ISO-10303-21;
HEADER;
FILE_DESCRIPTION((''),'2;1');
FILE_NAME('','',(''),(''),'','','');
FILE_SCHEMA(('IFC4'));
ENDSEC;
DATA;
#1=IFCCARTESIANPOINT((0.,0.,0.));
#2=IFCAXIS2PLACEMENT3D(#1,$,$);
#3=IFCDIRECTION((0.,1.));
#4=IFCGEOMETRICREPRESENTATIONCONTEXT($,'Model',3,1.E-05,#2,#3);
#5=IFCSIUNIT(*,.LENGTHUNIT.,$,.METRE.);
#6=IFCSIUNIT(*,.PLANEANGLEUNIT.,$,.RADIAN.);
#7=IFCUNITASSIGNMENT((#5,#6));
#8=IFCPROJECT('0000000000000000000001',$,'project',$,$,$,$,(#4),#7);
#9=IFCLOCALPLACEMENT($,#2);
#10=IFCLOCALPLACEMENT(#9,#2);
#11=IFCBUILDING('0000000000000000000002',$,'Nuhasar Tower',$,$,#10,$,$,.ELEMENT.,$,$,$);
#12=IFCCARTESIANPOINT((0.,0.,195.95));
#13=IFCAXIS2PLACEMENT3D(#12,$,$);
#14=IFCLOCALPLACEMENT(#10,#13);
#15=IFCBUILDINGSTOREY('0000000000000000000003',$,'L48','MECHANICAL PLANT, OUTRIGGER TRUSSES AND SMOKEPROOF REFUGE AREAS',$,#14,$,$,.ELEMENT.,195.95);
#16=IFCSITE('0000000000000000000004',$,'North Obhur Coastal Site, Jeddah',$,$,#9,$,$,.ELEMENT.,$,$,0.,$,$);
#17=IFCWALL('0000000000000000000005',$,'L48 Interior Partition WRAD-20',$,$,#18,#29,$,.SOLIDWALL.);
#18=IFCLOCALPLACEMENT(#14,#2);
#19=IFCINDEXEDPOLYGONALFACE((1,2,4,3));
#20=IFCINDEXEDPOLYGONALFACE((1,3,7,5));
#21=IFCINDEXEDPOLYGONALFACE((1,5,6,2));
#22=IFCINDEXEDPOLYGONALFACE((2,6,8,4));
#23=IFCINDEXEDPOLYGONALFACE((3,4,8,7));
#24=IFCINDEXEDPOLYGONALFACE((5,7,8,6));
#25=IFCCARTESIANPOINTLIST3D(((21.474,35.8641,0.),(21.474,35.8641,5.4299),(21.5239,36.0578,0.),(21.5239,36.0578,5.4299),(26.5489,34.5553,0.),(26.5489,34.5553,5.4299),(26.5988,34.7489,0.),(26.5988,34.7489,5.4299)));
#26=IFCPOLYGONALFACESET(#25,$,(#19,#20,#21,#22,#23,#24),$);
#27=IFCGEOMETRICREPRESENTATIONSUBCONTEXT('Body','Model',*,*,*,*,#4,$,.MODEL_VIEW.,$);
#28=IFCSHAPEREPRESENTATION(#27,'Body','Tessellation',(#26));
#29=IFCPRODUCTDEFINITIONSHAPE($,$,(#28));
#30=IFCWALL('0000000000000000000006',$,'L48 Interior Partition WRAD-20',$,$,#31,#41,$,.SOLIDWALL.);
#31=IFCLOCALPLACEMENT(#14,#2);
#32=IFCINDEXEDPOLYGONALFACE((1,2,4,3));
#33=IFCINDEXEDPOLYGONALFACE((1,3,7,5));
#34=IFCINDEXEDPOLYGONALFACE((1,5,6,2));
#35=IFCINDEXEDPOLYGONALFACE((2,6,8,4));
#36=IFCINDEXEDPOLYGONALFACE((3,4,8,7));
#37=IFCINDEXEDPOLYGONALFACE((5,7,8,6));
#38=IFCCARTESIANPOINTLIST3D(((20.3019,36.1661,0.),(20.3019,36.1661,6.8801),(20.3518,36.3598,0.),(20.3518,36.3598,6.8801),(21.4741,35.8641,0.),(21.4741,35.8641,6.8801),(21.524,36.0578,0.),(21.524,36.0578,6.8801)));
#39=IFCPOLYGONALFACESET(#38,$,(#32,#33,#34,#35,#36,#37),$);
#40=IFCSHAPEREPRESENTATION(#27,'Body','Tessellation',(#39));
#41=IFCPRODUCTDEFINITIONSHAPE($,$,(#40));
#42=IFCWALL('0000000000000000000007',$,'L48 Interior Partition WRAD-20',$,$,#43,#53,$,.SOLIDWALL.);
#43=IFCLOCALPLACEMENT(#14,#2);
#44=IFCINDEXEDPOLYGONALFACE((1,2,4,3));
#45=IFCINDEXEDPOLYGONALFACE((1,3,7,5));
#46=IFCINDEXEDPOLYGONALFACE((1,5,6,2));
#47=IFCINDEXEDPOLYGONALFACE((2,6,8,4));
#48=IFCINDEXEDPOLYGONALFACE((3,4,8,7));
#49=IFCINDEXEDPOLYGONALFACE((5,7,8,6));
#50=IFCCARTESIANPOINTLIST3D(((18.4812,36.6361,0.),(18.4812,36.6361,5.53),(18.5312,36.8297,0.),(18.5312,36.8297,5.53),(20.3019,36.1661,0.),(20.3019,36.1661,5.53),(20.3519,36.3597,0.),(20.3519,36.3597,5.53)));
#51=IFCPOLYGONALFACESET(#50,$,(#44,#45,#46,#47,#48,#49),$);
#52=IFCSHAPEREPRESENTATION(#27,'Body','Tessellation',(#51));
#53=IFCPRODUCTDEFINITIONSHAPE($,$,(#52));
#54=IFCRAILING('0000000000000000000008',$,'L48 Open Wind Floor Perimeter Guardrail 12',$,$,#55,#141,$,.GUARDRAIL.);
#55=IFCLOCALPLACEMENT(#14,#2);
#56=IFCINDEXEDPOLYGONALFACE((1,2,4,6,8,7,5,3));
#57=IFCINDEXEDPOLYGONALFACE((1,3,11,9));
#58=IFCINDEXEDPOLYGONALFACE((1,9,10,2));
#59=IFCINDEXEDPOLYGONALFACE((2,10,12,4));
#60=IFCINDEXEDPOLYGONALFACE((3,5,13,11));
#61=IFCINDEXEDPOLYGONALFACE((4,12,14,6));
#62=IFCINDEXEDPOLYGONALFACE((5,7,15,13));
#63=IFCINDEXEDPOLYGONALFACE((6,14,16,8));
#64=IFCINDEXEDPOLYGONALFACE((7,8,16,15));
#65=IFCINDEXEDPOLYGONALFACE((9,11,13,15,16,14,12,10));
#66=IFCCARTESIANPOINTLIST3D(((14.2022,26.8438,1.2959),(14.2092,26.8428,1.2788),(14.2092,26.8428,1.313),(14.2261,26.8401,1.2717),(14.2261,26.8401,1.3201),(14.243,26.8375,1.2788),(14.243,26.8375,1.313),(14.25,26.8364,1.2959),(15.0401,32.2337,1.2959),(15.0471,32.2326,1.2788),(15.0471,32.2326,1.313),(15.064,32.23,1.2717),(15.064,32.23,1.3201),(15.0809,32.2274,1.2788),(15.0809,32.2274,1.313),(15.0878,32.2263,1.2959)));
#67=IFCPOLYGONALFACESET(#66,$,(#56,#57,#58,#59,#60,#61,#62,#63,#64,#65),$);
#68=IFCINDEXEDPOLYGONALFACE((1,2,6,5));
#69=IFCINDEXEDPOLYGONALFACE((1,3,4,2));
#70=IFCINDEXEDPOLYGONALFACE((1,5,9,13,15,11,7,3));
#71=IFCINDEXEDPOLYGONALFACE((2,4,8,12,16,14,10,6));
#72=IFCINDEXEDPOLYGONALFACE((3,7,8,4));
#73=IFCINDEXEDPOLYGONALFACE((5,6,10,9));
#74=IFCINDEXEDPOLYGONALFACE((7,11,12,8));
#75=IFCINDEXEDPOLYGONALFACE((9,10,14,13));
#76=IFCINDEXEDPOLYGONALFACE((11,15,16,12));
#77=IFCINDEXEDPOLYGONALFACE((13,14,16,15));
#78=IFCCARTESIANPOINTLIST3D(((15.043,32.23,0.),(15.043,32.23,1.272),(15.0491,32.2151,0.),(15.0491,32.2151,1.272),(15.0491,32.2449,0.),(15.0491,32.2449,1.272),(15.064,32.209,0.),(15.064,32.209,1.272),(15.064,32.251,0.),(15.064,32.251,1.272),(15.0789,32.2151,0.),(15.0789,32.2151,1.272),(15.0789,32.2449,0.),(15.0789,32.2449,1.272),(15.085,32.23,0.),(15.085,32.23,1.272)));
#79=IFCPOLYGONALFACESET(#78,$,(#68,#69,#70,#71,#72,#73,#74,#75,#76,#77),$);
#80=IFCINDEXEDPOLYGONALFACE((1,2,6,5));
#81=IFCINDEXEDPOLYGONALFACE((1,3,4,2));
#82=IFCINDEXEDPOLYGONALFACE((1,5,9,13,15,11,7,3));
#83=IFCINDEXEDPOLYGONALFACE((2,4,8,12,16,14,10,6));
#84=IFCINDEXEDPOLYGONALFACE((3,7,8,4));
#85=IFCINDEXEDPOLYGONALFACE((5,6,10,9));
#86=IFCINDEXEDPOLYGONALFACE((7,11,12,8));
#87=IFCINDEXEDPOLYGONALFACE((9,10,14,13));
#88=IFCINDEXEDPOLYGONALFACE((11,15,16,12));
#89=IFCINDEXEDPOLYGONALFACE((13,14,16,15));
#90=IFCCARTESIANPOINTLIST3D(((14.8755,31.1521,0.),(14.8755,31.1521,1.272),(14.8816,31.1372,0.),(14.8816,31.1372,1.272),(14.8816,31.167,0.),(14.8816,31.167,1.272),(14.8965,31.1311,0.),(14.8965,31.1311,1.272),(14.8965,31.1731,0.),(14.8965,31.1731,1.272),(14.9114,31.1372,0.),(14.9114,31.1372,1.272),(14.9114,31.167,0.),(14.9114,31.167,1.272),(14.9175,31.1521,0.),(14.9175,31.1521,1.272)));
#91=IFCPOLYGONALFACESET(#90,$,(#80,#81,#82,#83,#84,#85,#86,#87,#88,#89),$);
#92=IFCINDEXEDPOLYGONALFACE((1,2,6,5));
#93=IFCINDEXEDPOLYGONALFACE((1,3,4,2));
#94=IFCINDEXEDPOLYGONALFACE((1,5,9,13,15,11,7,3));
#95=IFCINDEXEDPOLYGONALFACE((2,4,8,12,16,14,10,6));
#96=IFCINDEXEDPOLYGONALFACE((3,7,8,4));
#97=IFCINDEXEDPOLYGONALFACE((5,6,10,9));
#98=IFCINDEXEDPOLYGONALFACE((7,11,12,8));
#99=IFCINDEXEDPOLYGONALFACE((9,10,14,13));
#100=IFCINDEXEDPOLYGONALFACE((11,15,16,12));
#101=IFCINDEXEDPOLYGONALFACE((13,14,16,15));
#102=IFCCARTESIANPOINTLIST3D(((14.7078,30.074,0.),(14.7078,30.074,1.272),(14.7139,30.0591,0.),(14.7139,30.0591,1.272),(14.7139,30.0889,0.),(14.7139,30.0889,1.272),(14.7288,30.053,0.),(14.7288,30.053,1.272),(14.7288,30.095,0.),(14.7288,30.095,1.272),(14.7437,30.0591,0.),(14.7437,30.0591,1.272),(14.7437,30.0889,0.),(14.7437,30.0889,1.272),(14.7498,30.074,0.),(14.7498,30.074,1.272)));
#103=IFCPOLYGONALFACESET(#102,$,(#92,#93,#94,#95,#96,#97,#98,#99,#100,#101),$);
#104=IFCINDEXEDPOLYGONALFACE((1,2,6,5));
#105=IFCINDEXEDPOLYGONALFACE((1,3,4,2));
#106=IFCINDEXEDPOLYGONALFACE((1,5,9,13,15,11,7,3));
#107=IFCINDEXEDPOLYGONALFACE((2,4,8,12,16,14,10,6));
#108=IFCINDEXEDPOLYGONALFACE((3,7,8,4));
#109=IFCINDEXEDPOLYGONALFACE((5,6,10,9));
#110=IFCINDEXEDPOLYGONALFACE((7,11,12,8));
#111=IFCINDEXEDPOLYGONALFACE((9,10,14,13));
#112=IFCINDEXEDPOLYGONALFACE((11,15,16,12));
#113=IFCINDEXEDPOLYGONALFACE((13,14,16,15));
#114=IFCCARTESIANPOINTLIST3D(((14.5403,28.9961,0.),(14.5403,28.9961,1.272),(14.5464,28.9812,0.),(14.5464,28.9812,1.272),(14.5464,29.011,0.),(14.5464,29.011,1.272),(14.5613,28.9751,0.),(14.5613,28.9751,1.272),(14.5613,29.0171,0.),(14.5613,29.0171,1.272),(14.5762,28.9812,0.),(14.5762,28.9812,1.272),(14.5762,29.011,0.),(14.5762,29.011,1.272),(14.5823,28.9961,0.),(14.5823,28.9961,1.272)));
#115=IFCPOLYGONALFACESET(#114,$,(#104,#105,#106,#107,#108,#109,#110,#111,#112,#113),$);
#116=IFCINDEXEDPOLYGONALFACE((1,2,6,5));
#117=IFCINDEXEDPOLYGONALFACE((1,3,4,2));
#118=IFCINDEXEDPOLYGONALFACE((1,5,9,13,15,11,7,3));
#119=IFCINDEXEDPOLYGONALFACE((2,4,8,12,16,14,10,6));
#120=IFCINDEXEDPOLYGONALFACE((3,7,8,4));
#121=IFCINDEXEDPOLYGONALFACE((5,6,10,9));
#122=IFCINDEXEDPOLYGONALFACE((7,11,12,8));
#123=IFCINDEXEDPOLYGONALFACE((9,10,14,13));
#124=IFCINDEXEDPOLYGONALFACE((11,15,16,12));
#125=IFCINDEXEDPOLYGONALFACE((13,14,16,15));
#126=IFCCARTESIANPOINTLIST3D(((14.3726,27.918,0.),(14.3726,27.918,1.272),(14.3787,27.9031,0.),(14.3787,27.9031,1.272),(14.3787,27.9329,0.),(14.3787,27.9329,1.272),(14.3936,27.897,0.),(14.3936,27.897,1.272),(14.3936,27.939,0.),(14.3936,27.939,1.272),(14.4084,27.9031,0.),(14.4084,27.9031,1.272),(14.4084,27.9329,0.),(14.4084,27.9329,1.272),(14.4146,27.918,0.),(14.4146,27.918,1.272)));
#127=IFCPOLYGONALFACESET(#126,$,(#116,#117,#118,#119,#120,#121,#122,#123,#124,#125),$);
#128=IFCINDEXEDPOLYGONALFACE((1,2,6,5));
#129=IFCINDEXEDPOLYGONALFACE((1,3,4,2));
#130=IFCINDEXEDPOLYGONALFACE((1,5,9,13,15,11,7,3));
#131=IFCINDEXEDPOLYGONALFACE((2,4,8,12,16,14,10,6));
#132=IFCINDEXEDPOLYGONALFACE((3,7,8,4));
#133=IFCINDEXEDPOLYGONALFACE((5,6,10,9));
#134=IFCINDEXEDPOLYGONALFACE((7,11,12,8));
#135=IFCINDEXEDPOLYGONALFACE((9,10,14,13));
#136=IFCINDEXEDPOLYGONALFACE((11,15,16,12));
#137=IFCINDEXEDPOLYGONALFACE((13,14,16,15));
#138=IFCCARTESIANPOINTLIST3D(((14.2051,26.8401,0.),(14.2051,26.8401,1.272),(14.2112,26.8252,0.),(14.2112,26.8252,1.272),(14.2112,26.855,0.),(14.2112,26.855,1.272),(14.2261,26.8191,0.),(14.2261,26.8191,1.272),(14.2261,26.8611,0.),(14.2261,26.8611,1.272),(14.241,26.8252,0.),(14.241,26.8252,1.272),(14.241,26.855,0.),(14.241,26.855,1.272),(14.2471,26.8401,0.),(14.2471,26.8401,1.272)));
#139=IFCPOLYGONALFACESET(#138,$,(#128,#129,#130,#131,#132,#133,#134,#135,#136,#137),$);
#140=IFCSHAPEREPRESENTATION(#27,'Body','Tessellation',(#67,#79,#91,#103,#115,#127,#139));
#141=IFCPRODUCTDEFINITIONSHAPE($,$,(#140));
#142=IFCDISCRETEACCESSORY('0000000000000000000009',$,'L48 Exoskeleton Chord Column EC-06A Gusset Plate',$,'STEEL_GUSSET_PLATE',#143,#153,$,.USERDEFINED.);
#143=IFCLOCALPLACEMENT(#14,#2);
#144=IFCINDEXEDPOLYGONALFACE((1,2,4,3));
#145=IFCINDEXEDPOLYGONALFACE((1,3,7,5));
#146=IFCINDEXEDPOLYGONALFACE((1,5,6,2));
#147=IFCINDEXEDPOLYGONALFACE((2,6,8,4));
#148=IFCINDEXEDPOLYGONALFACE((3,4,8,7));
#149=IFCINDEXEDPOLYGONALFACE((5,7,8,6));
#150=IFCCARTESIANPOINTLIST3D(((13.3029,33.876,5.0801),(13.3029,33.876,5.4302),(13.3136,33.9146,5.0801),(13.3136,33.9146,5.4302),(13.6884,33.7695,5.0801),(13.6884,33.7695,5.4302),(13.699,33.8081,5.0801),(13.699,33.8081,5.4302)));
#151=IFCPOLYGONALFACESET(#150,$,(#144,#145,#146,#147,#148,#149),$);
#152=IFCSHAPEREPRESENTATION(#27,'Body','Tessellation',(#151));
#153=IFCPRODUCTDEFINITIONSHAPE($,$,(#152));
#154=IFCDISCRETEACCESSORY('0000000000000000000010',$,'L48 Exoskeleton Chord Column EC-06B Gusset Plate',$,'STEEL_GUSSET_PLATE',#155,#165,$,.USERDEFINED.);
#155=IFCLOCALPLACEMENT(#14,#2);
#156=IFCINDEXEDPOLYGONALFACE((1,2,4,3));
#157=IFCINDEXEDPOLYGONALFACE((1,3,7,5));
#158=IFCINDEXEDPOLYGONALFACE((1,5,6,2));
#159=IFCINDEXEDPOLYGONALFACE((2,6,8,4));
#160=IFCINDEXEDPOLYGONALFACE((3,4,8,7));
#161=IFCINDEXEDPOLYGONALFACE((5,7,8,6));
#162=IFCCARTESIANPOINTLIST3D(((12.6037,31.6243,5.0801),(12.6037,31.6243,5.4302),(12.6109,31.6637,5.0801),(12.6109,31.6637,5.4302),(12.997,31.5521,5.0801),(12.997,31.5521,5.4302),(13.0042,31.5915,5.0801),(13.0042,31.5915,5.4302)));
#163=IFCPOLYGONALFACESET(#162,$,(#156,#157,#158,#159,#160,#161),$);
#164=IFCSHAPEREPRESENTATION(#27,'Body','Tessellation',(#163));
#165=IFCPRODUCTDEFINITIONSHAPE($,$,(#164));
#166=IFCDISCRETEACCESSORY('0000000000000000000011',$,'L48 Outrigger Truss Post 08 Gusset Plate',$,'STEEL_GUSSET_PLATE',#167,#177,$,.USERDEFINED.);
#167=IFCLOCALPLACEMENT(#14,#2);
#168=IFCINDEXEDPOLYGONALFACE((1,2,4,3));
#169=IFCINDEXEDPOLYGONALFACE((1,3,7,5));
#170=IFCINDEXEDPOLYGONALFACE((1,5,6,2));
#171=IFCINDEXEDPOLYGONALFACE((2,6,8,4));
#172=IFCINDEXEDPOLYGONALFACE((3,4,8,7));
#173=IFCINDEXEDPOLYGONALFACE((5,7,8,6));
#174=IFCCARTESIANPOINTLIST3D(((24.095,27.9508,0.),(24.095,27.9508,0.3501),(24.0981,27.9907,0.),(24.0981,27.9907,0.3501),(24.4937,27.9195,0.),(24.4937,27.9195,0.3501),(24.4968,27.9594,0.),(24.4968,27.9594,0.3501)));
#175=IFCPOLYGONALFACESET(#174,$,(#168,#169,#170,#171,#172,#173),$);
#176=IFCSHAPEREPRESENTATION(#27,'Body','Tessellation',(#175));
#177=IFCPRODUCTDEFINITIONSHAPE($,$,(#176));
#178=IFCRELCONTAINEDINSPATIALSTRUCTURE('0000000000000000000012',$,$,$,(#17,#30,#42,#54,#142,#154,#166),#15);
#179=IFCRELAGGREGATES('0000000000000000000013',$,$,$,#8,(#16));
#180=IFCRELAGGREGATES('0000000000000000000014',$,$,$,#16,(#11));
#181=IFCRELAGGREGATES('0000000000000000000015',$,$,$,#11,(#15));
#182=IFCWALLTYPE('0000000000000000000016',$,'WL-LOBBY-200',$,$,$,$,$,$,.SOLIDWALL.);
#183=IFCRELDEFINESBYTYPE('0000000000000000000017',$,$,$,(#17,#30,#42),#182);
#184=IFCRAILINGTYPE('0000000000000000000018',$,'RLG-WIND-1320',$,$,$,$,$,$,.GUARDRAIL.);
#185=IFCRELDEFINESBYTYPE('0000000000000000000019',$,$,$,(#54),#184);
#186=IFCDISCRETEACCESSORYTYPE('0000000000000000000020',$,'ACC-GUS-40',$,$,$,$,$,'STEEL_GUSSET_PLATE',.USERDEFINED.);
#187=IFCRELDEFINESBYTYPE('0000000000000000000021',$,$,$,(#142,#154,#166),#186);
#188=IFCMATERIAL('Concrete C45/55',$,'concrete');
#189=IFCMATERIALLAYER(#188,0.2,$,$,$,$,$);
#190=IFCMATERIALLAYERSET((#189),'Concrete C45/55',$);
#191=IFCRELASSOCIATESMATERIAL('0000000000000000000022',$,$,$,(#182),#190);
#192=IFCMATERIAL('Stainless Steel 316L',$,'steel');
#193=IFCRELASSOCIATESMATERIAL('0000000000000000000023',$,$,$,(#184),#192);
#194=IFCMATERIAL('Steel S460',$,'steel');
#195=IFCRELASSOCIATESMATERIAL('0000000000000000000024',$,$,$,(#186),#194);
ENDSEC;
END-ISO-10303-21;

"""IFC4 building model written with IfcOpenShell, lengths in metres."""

from ifc_helpers import new_model, si_unit, direction, frame, frame_2d, origin, origin_2d, place, context, subcontext, project, spatial, polyline, rectangle, outline, extrude, material, layer, layer_set, type_object, element, save


model = new_model("IFC4")

# Units and contexts
model_context = context("Model", 3, precision=1e-05, world=origin(), true_north=direction((0.0, 1.0)))
body_context = subcontext(model_context, "Body", "Model", "MODEL_VIEW")
ifc_project = project(units=[si_unit("LENGTHUNIT", "METRE"), si_unit("PLANEANGLEUNIT", "RADIAN")], contexts=[model_context])

# Site, building, storey
site_placement = place(None, origin())
site = spatial("IfcSite", under=ifc_project, at=site_placement, Name="North Obhur Coastal Site, Jeddah", CompositionType="ELEMENT", RefElevation=0.0)
building_placement = place(site_placement, origin())
building = spatial("IfcBuilding", under=site, at=building_placement, Name="Nuhasar Tower", CompositionType="ELEMENT")
storey_placement = place(building_placement, frame((0.0, 0.0, 195.95)))
storey = spatial("IfcBuildingStorey", under=building, at=storey_placement, Name="L48", Description="MECHANICAL PLANT, OUTRIGGER TRUSSES AND SMOKEPROOF REFUGE AREAS", CompositionType="ELEMENT", Elevation=195.95)

# Shared definitions
ifc_material_1 = material(Name="Steel S460", Category="steel")

# Walls
ifc_material_2 = material(Name="Concrete C45/55", Category="concrete")
ifc_layer_1 = layer(ifc_material_2, 0.2)
ifc_layer_set_1 = layer_set([ifc_layer_1], Name="Concrete C45/55")
wall_type_1 = type_object("IfcWallType", Name="WL-LOBBY-200", PredefinedType="SOLIDWALL", material=ifc_layer_set_1)
wall_1_placement = place(storey_placement, frame((26.574, 34.6521, 0.0), z_axis=(0.0, 0.0, 1.0), x_axis=(-0.968315, 0.24973, 0.0)))
element("IfcWall", 1, at=wall_1_placement, inside=storey, type_object=wall_type_1, Name="L48 Interior Partition WRAD-20", PredefinedType="SOLIDWALL", context=body_context, shape_type="SweptSolid", body=[
    extrude(rectangle(XDim=5.241, YDim=0.2, at=frame_2d((2.6206, 0.0))), origin(), (0.0, 0.0, 1.0), 5.4299),
])
wall_2_placement = place(storey_placement, frame((21.499, 35.9609, 0.0), z_axis=(0.0, 0.0, 1.0), x_axis=(-0.968373, 0.249506, 0.0)))
element("IfcWall", 2, at=wall_2_placement, inside=storey, type_object=wall_type_1, Name="L48 Interior Partition WRAD-20", PredefinedType="SOLIDWALL", context=body_context, shape_type="SweptSolid", body=[
    extrude(rectangle(XDim=1.2104, YDim=0.2, at=frame_2d((0.6052, 0.0))), origin(), (0.0, 0.0, 1.0), 6.8801),
])
wall_3_placement = place(storey_placement, frame((20.3269, 36.2629, 0.0), z_axis=(0.0, 0.0, 1.0), x_axis=(-0.968266, 0.249921, 0.0)))
element("IfcWall", 3, at=wall_3_placement, inside=storey, type_object=wall_type_1, Name="L48 Interior Partition WRAD-20", PredefinedType="SOLIDWALL", context=body_context, shape_type="SweptSolid", body=[
    extrude(rectangle(XDim=1.8804, YDim=0.2, at=frame_2d((0.9402, 0.0))), origin(), (0.0, 0.0, 1.0), 5.53),
])

# Railing
ifc_material_3 = material(Name="Stainless Steel 316L", Category="steel")
railing_type = type_object("IfcRailingType", Name="RLG-WIND-1320", PredefinedType="GUARDRAIL", material=ifc_material_3)
railing_placement = place(storey_placement, frame((15.064, 32.23, 0.0)))
element("IfcRailing", 4, at=railing_placement, inside=storey, type_object=railing_type, Name="L48 Open Wind Floor Perimeter Guardrail 12", PredefinedType="GUARDRAIL", context=body_context, shape_type="SweptSolid", body=[
    extrude(outline(polyline([(0.0242, 0.0), (0.0171, 0.0171), (0.0, 0.0242), (-0.0171, 0.0171), (-0.0242, 0.0), (-0.0171, -0.0171), (0.0, -0.0242), (0.0171, -0.0171), (0.0242, 0.0)])), frame((0.0, 0.0, 1.2959), z_axis=(-0.153611, -0.988131, 0.0), x_axis=(0.988131, -0.153611, 0.0)), (0.0, 0.0, 1.0), 5.4546),
    extrude(outline(polyline([(0.021, 0.0), (0.0149, 0.0149), (0.0, 0.021), (-0.0149, 0.0149), (-0.021, 0.0), (-0.0149, -0.0149), (0.0, -0.021), (0.0149, -0.0149), (0.021, 0.0)])), origin(), (0.0, 0.0, 1.0), 1.272),
    extrude(outline(polyline([(0.021, 0.0), (0.0149, 0.0149), (0.0, 0.021), (-0.0149, 0.0149), (-0.021, 0.0), (-0.0149, -0.0149), (0.0, -0.021), (0.0149, -0.0149), (0.021, 0.0)])), frame((-0.1675, -1.0779, 0.0)), (0.0, 0.0, 1.0), 1.272),
    extrude(outline(polyline([(0.021, 0.0), (0.0149, 0.0149), (0.0, 0.021), (-0.0149, 0.0149), (-0.021, 0.0), (-0.0149, -0.0149), (0.0, -0.021), (0.0149, -0.0149), (0.021, 0.0)])), frame((-0.3352, -2.156, 0.0)), (0.0, 0.0, 1.0), 1.272),
    extrude(outline(polyline([(0.021, 0.0), (0.0149, 0.0149), (0.0, 0.021), (-0.0149, 0.0149), (-0.021, 0.0), (-0.0149, -0.0149), (0.0, -0.021), (0.0149, -0.0149), (0.021, 0.0)])), frame((-0.5027, -3.2339, 0.0)), (0.0, 0.0, 1.0), 1.272),
    extrude(outline(polyline([(0.021, 0.0), (0.0149, 0.0149), (0.0, 0.021), (-0.0149, 0.0149), (-0.021, 0.0), (-0.0149, -0.0149), (0.0, -0.021), (0.0149, -0.0149), (0.021, 0.0)])), frame((-0.6704, -4.312, 0.0)), (0.0, 0.0, 1.0), 1.272),
    extrude(outline(polyline([(0.021, 0.0), (0.0149, 0.0149), (0.0, 0.021), (-0.0149, 0.0149), (-0.021, 0.0), (-0.0149, -0.0149), (0.0, -0.021), (0.0149, -0.0149), (0.021, 0.0)])), frame((-0.8379, -5.3899, 0.0)), (0.0, 0.0, 1.0), 1.272),
])

# Discrete accessories
discrete_accessory_type = type_object("IfcDiscreteAccessoryType", Name="ACC-GUS-40", ElementType="STEEL_GUSSET_PLATE", PredefinedType="USERDEFINED", material=ifc_material_1)
for number, where, z_axis, x_axis, name in (
    (5, (13.501, 33.842, 5.0801), (0.0, 0.0, 1.0), (-0.963914, 0.266212, 0.0), "L48 Exoskeleton Chord Column EC-06A Gusset Plate"),
    (6, (12.804, 31.6079, 5.0801), (0.0, 0.0, 1.0), (-0.983568, 0.180536, 0.0), "L48 Exoskeleton Chord Column EC-06B Gusset Plate"),
    (7, (24.2959, 27.9551, 0.0), (0.0, 0.0, 1.0), (-0.996931, 0.078285, 0.0), "L48 Outrigger Truss Post 08 Gusset Plate"),
):
    element("IfcDiscreteAccessory", number, at=place(storey_placement, frame(where, z_axis=z_axis, x_axis=x_axis)), inside=storey, type_object=discrete_accessory_type, Name=name, ObjectType="STEEL_GUSSET_PLATE", PredefinedType="USERDEFINED", context=body_context, shape_type="SweptSolid", body=[
        extrude(rectangle(XDim=0.3999, YDim=0.04, at=origin_2d()), origin(), (0.0, 0.0, 1.0), 0.3501),
    ])

save(model, "model.ifc")
